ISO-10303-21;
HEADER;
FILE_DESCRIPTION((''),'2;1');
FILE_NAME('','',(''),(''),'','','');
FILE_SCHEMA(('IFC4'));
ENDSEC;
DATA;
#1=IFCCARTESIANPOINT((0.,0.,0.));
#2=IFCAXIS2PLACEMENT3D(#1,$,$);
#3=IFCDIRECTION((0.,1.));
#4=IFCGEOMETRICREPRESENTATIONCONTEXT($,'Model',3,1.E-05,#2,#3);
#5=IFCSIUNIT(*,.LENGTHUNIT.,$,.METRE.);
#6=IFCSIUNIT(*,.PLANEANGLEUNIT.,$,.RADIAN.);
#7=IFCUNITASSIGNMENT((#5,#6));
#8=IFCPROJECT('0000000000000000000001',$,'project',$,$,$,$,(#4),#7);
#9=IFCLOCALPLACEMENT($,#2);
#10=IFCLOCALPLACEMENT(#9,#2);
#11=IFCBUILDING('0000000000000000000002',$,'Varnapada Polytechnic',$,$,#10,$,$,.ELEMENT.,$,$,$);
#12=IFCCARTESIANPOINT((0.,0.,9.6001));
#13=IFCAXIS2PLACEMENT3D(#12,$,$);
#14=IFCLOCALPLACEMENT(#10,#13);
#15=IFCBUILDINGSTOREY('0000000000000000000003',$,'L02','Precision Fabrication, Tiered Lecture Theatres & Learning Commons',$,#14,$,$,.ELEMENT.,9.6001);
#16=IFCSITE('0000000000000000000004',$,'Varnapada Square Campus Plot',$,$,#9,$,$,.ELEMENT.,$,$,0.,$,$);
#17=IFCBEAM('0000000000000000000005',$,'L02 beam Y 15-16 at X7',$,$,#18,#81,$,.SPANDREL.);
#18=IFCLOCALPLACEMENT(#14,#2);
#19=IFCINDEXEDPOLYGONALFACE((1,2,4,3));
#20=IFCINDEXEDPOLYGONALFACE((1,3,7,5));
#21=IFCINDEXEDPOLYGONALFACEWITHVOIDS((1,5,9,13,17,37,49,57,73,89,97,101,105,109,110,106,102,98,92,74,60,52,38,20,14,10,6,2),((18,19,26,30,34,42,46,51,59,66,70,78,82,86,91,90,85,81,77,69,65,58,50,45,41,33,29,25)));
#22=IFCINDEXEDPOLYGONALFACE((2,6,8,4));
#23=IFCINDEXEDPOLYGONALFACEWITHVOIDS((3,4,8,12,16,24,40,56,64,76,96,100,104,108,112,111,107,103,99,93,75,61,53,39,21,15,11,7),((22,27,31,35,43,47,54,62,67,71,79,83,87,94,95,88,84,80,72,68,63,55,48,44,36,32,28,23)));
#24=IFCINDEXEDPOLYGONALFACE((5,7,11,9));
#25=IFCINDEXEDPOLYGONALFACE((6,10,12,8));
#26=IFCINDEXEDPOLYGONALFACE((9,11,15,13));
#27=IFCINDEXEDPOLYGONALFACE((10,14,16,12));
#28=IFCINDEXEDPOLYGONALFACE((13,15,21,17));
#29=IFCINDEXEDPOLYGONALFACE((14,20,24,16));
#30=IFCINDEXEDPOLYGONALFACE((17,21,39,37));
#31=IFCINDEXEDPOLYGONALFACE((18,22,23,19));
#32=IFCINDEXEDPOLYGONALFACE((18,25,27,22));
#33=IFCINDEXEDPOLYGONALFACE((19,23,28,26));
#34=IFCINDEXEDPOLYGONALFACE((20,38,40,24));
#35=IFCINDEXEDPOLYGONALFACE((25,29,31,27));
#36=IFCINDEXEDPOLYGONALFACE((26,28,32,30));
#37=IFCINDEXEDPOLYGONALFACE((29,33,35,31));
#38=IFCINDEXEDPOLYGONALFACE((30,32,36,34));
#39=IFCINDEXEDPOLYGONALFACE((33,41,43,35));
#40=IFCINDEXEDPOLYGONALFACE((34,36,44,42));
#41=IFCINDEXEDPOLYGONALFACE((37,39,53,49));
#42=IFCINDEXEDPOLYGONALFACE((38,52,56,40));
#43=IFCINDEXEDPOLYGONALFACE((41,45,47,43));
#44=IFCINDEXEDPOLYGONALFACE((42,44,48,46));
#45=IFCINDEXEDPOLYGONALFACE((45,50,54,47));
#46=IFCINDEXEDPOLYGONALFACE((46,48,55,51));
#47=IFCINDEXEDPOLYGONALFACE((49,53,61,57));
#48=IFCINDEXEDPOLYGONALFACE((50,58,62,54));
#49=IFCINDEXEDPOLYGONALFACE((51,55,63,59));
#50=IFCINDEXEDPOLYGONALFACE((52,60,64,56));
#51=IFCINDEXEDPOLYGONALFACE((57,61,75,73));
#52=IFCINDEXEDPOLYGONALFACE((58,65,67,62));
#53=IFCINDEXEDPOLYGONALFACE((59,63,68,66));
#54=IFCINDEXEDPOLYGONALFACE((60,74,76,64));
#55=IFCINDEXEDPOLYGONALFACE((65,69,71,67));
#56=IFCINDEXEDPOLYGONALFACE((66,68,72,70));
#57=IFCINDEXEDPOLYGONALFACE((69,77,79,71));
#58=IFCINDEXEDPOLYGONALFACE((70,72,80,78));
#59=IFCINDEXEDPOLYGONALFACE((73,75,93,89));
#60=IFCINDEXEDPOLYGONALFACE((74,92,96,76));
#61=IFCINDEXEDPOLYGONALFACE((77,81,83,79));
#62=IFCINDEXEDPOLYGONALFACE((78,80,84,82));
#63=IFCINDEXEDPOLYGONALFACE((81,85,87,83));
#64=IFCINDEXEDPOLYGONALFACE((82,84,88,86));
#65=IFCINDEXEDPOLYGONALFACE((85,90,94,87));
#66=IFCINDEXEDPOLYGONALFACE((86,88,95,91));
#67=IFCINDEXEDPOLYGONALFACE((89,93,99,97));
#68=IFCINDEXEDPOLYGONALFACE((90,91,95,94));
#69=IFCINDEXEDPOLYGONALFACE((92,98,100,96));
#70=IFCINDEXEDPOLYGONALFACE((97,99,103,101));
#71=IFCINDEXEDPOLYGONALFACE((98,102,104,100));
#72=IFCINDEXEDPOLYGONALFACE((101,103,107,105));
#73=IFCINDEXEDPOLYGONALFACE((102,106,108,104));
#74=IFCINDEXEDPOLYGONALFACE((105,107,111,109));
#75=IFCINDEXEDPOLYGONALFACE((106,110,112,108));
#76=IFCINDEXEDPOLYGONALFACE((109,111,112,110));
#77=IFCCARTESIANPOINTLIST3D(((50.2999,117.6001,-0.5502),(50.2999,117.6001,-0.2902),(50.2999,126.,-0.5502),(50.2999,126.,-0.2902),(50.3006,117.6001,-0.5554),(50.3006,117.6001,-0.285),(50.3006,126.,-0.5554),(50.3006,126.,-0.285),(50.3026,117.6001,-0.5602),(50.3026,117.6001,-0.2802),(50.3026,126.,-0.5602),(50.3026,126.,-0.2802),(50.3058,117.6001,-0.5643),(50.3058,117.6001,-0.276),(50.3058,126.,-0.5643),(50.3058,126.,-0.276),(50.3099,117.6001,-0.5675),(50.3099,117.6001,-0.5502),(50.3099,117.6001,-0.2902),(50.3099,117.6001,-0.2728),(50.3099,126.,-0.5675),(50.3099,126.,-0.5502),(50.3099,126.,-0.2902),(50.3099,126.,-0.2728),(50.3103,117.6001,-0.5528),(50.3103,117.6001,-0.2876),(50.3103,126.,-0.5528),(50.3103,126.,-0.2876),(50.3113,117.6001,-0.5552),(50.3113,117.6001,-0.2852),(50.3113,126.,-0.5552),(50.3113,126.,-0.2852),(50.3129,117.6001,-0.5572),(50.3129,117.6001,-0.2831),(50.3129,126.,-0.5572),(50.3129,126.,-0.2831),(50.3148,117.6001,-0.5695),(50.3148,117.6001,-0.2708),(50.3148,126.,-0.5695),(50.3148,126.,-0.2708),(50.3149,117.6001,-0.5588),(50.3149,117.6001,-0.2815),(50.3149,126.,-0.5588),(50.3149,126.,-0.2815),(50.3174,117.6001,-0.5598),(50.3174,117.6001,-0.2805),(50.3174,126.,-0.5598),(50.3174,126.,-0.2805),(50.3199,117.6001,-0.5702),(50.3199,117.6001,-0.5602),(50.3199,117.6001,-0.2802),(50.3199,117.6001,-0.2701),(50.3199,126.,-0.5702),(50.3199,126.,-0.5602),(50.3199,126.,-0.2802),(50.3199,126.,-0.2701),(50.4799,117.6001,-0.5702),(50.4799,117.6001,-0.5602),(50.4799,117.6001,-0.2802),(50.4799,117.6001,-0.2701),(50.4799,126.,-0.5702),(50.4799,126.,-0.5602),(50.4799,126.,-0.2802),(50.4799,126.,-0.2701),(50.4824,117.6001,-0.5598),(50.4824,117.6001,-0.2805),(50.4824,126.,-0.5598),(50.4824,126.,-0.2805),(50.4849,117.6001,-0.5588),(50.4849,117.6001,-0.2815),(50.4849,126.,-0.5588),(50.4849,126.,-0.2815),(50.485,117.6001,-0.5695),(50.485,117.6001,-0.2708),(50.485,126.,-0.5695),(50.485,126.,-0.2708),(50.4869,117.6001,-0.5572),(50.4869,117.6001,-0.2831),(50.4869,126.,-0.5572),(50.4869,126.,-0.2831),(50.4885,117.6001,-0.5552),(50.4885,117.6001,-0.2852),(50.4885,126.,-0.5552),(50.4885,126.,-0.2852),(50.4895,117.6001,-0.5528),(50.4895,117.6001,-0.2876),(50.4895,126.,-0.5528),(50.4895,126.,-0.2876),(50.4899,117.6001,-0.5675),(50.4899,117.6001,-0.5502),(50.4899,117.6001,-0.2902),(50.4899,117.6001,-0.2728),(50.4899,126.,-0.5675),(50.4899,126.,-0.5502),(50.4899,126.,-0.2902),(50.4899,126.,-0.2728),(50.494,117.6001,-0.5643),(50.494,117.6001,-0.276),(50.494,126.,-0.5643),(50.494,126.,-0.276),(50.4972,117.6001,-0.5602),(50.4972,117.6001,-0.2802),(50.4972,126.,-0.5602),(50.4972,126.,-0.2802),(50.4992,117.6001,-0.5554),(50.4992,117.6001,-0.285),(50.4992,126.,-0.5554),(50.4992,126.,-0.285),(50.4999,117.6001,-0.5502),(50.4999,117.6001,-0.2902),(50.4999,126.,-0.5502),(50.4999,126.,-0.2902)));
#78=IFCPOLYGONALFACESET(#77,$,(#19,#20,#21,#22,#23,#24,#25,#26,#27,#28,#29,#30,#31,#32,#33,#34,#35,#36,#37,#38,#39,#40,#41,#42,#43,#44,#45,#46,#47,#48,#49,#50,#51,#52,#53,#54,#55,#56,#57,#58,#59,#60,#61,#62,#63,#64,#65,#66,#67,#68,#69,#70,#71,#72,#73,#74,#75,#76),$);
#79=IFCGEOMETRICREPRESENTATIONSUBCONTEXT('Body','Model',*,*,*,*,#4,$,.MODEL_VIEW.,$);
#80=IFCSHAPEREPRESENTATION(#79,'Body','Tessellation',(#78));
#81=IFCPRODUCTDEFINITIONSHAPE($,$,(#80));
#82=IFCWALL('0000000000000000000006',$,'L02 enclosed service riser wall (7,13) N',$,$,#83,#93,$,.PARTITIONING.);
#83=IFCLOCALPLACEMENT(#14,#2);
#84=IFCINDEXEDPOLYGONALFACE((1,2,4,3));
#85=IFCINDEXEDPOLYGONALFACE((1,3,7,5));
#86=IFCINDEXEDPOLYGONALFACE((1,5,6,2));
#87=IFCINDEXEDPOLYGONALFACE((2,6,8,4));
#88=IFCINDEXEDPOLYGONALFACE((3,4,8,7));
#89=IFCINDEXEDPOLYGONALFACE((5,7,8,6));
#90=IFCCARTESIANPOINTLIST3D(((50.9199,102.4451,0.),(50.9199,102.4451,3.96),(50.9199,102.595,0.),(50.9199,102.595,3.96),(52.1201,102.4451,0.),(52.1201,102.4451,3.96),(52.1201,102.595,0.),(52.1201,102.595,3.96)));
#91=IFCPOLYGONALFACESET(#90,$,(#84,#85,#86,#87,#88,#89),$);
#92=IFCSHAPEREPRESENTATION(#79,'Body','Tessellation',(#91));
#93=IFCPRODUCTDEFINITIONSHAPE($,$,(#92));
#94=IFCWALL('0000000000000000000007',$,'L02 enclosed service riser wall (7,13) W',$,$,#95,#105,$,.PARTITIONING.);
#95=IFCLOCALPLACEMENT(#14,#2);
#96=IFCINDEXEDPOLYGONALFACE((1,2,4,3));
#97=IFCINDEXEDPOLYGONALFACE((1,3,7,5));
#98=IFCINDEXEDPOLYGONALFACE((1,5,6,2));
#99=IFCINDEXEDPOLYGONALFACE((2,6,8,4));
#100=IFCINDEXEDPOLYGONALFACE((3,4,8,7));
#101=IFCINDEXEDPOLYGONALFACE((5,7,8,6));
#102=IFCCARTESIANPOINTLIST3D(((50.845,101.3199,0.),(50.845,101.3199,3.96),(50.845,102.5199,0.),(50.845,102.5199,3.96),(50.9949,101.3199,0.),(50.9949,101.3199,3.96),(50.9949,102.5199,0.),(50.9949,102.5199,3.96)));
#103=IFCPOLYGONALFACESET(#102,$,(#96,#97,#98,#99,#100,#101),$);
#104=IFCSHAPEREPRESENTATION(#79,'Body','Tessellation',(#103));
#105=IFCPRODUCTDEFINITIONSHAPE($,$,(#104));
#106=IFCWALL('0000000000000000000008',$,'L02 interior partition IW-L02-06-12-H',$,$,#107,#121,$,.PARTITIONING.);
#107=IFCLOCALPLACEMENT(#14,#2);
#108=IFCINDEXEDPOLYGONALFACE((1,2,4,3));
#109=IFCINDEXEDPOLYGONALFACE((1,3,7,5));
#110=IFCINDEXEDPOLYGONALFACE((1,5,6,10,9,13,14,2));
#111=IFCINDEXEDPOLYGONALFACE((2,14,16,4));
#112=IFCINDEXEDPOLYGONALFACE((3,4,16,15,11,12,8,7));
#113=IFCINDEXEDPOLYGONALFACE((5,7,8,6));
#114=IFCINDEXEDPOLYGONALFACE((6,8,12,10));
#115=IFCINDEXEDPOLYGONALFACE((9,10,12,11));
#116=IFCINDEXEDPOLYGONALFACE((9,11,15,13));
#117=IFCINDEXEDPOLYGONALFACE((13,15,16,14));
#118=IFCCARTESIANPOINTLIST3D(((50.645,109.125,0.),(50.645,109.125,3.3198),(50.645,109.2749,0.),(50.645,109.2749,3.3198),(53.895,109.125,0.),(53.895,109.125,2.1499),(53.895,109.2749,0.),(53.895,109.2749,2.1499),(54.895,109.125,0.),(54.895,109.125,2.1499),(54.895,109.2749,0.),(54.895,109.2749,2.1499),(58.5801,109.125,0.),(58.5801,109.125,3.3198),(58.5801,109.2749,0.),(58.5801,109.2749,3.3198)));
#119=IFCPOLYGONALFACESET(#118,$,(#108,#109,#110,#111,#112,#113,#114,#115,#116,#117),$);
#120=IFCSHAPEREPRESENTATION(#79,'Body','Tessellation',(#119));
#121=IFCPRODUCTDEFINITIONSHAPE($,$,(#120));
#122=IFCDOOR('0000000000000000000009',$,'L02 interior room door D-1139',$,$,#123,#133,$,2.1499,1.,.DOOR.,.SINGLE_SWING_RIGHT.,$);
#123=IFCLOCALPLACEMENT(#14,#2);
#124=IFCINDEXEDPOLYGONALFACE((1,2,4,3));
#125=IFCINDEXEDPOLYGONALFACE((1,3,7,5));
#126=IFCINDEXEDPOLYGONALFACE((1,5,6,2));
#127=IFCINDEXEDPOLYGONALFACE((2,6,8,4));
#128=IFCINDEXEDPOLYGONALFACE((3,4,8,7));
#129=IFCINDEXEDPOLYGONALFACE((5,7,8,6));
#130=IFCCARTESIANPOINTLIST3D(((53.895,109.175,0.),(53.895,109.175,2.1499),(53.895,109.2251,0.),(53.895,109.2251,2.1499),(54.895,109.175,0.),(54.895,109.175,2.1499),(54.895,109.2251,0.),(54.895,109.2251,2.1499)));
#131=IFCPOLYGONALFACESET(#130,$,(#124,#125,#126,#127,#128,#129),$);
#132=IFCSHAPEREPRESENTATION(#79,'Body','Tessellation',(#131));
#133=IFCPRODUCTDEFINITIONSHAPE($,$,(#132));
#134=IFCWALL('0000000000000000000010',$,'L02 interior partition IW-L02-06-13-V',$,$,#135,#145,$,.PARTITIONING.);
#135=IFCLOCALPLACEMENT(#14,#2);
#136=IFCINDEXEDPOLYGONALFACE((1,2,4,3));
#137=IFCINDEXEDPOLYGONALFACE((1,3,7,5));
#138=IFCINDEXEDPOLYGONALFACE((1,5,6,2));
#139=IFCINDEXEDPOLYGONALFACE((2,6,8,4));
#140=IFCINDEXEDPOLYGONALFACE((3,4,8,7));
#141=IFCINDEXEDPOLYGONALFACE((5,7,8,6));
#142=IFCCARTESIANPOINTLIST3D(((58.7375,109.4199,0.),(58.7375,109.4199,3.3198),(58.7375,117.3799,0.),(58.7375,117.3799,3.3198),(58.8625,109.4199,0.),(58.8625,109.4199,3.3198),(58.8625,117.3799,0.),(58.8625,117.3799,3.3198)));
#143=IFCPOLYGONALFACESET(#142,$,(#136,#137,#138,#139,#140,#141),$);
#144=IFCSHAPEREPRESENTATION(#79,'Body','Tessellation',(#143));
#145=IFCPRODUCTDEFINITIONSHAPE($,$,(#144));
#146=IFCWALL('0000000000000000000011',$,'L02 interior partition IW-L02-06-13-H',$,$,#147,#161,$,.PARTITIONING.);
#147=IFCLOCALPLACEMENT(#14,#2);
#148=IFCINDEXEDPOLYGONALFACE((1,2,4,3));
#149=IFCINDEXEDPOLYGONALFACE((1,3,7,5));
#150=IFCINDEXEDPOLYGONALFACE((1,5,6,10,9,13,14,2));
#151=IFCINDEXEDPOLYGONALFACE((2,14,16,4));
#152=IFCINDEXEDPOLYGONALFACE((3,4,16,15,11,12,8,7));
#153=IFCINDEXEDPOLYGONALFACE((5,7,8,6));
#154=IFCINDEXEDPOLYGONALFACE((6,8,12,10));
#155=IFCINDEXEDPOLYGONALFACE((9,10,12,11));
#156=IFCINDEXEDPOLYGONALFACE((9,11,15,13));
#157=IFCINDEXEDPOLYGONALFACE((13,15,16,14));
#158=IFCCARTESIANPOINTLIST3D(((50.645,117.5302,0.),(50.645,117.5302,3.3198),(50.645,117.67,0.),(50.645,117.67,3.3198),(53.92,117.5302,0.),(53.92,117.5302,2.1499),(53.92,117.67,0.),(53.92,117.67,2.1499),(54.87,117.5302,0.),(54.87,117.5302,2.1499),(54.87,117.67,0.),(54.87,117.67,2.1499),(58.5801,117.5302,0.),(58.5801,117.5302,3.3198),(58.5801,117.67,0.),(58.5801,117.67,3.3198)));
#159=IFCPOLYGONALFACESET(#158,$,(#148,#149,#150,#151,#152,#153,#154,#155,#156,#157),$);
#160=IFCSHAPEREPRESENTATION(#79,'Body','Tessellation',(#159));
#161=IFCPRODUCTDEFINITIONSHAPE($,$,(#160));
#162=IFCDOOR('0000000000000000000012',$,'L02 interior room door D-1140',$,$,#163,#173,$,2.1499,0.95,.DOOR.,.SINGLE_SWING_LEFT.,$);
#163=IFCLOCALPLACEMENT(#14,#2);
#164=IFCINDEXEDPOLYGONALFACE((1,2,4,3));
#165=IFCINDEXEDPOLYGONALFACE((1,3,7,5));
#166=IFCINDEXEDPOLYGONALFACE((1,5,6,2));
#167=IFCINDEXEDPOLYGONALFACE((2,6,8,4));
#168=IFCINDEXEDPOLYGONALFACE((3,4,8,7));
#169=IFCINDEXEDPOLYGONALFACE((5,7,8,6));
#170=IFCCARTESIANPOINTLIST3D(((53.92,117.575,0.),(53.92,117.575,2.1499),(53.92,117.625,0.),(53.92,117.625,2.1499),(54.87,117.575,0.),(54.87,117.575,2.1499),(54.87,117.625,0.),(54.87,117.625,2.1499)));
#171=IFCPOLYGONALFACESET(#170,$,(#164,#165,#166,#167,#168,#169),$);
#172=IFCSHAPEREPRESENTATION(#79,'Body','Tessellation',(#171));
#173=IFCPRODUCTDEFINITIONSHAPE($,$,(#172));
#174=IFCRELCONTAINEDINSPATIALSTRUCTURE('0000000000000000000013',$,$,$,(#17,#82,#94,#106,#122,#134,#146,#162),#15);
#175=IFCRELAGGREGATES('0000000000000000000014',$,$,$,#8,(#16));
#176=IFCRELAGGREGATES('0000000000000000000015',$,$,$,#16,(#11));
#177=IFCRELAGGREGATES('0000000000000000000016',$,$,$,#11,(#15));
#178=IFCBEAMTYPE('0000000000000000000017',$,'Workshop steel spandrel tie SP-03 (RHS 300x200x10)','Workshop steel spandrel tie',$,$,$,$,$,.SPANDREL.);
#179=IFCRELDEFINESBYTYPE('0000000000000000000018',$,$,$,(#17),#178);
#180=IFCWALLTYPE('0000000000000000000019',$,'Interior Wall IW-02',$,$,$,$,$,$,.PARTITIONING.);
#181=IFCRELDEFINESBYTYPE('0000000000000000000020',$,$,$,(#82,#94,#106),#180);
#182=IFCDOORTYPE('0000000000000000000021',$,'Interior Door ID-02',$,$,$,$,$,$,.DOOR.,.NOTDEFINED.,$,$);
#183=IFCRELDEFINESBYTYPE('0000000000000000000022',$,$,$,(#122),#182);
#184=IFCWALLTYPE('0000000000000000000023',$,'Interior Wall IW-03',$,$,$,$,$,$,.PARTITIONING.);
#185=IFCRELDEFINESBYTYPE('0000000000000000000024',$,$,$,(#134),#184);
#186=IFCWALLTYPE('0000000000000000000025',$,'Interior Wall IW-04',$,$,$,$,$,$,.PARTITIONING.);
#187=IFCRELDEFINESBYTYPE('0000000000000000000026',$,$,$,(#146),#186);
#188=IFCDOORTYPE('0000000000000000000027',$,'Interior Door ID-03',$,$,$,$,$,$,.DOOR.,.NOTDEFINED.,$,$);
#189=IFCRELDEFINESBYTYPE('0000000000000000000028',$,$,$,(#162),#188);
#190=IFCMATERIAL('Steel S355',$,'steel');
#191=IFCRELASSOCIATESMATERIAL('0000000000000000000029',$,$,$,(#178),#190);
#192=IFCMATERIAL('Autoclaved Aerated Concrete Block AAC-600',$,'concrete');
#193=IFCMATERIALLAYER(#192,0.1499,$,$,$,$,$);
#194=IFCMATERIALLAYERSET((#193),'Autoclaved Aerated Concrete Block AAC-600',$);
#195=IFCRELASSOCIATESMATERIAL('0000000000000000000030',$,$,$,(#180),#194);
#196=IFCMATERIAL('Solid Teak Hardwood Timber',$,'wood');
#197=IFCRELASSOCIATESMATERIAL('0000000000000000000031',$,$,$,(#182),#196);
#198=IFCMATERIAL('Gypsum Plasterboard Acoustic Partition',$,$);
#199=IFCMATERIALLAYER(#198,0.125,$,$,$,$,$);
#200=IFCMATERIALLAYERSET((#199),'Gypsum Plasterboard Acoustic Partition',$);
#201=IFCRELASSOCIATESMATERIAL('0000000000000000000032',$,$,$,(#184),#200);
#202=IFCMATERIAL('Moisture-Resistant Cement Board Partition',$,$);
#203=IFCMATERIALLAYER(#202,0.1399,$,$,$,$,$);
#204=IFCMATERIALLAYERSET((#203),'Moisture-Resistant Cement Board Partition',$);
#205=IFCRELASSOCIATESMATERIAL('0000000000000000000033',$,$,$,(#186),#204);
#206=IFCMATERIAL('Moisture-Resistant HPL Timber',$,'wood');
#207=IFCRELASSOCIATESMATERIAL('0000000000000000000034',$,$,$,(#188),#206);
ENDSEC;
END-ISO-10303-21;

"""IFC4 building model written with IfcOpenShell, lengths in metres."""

from ifc_helpers import new_model, si_unit, direction, frame, frame_2d, origin, origin_2d, place, context, subcontext, project, spatial, rectangle, hollow_rectangle, extrude, material, layer, layer_set, material_profile, profile_set, type_object, element, fill, save


model = new_model("IFC4")

# Units and contexts
model_context = context("Model", 3, precision=1e-05, world=origin(), true_north=direction((0.0, 1.0)))
body_context = subcontext(model_context, "Body", "Model", "MODEL_VIEW")
ifc_project = project(units=[si_unit("LENGTHUNIT", "METRE"), si_unit("PLANEANGLEUNIT", "RADIAN")], contexts=[model_context])

# Site, building, storey
site_placement = place(None, origin())
site = spatial("IfcSite", under=ifc_project, at=site_placement, Name="Varnapada Square Campus Plot", CompositionType="ELEMENT", RefElevation=0.0)
building_placement = place(site_placement, origin())
building = spatial("IfcBuilding", under=site, at=building_placement, Name="Varnapada Polytechnic", CompositionType="ELEMENT")
storey_placement = place(building_placement, frame((0.0, 0.0, 9.6001)))
storey = spatial("IfcBuildingStorey", under=building, at=storey_placement, Name="L02", Description="Precision Fabrication, Tiered Lecture Theatres & Learning Commons", CompositionType="ELEMENT", Elevation=9.6001)

# Shared definitions
ifc_material_1 = material(Name="Steel S355", Category="steel")

# Beam
ifc_material_profile_1 = material_profile(ifc_material_1, hollow_rectangle(XDim=0.2, YDim=0.3, WallThickness=0.01, InnerFilletRadius=0.01, OuterFilletRadius=0.02, at=origin_2d()), Name="RHS 300x200x10")
ifc_profile_set_1 = profile_set([ifc_material_profile_1], Name="Steel S355")
beam_type_1 = type_object("IfcBeamType", Name="Workshop steel spandrel tie SP-03 (RHS 300x200x10)", Description="Workshop steel spandrel tie", PredefinedType="SPANDREL", material=ifc_profile_set_1)
beam_1_placement = place(storey_placement, frame((50.3999, 117.6001, -0.4202), z_axis=(0.0, 1.0, 0.0), x_axis=(-1.0, 0.0, 0.0)))
element("IfcBeam", 1, at=beam_1_placement, inside=storey, type_object=beam_type_1, Name="L02 beam Y 15-16 at X7", PredefinedType="SPANDREL", context=body_context, shape_type="SweptSolid", body=[
    extrude(hollow_rectangle(XDim=0.2, YDim=0.3, WallThickness=0.01, InnerFilletRadius=0.01, OuterFilletRadius=0.02, at=origin_2d()), origin(), (0.0, 0.0, 1.0), 8.3999),
])

# Walls
ifc_material_2 = material(Name="Autoclaved Aerated Concrete Block AAC-600", Category="concrete")
ifc_layer_1 = layer(ifc_material_2, 0.1499)
ifc_layer_set_1 = layer_set([ifc_layer_1], Name="Autoclaved Aerated Concrete Block AAC-600")
wall_type_1 = type_object("IfcWallType", Name="Interior Wall IW-02", PredefinedType="PARTITIONING", material=ifc_layer_set_1)
wall_1_placement = place(storey_placement, frame((52.1201, 102.52, 0.0), z_axis=(0.0, 0.0, 1.0), x_axis=(-1.0, 0.0, 0.0)))
element("IfcWall", 2, at=wall_1_placement, inside=storey, type_object=wall_type_1, Name="L02 enclosed service riser wall (7,13) N", PredefinedType="PARTITIONING", context=body_context, shape_type="SweptSolid", body=[
    extrude(rectangle(XDim=1.2002, YDim=0.1499, at=frame_2d((0.6001, 0.0))), origin(), (0.0, 0.0, 1.0), 3.96),
])
wall_2_placement = place(storey_placement, frame((50.9199, 102.52, 0.0), z_axis=(0.0, 0.0, 1.0), x_axis=(0.0, -1.0, 0.0)))
element("IfcWall", 3, at=wall_2_placement, inside=storey, type_object=wall_type_1, Name="L02 enclosed service riser wall (7,13) W", PredefinedType="PARTITIONING", context=body_context, shape_type="SweptSolid", body=[
    extrude(rectangle(XDim=1.2, YDim=0.1499, at=frame_2d((0.6001, 0.0))), origin(), (0.0, 0.0, 1.0), 3.96),
])

# Wall, opening, door
wall_3_placement = place(storey_placement, frame((50.645, 109.2, 0.0), z_axis=(0.0, 0.0, 1.0), x_axis=(1.0, 0.0, 0.0)))
wall_3 = element("IfcWall", 4, at=wall_3_placement, inside=storey, type_object=wall_type_1, Name="L02 interior partition IW-L02-06-12-H", PredefinedType="PARTITIONING", context=body_context, shape_type="SweptSolid", body=[
    extrude(rectangle(XDim=7.9351, YDim=0.1499, at=frame_2d((3.9675, 0.0))), origin(), (0.0, 0.0, 1.0), 3.3198),
])
opening_1_placement = place(wall_3_placement, frame((3.25, 0.0, 0.0)))
opening_1 = element("IfcOpeningElement", 5, at=opening_1_placement, cuts=wall_3, PredefinedType="OPENING", context=body_context, shape_type="SweptSolid", body=[
    extrude(rectangle(XDim=1.0, YDim=2.1499, at=frame_2d((0.5, 1.075))), frame((0.0, 0.085, 0.0), z_axis=(0.0, -1.0, 0.0), x_axis=(1.0, 0.0, 0.0)), (0.0, 0.0, 1.0), 0.1699),
])
ifc_material_3 = material(Name="Solid Teak Hardwood Timber", Category="wood")
door_type_1 = type_object("IfcDoorType", Name="Interior Door ID-02", OperationType="NOTDEFINED", PredefinedType="DOOR", material=ifc_material_3)
door_1_placement = place(opening_1_placement, frame((1.0, 0.0, 0.0), z_axis=(0.0, 0.0, 1.0), x_axis=(-1.0, 0.0, 0.0)))
door_1 = element("IfcDoor", 6, at=door_1_placement, inside=storey, type_object=door_type_1, Name="L02 interior room door D-1139", OperationType="SINGLE_SWING_RIGHT", OverallHeight=2.1499, OverallWidth=1.0, PredefinedType="DOOR", context=body_context, shape_type="SweptSolid", body=[
    extrude(rectangle(XDim=1.0, YDim=2.1499, at=frame_2d((0.5, 1.075))), frame((0.0, 0.0249, 0.0), z_axis=(0.0, -1.0, 0.0), x_axis=(1.0, 0.0, 0.0)), (0.0, 0.0, 1.0), 0.05),
])
fill(opening_1, door_1)

# Wall
ifc_material_4 = material(Name="Gypsum Plasterboard Acoustic Partition")
ifc_layer_2 = layer(ifc_material_4, 0.125)
ifc_layer_set_2 = layer_set([ifc_layer_2], Name="Gypsum Plasterboard Acoustic Partition")
wall_type_2 = type_object("IfcWallType", Name="Interior Wall IW-03", PredefinedType="PARTITIONING", material=ifc_layer_set_2)
wall_4_placement = place(storey_placement, frame((58.8, 109.4199, 0.0), z_axis=(0.0, 0.0, 1.0), x_axis=(0.0, 1.0, 0.0)))
element("IfcWall", 7, at=wall_4_placement, inside=storey, type_object=wall_type_2, Name="L02 interior partition IW-L02-06-13-V", PredefinedType="PARTITIONING", context=body_context, shape_type="SweptSolid", body=[
    extrude(rectangle(XDim=7.96, YDim=0.125, at=frame_2d((3.98, 0.0))), origin(), (0.0, 0.0, 1.0), 3.3198),
])

# Wall, opening, door
ifc_material_5 = material(Name="Moisture-Resistant Cement Board Partition")
ifc_layer_3 = layer(ifc_material_5, 0.1399)
ifc_layer_set_3 = layer_set([ifc_layer_3], Name="Moisture-Resistant Cement Board Partition")
wall_type_3 = type_object("IfcWallType", Name="Interior Wall IW-04", PredefinedType="PARTITIONING", material=ifc_layer_set_3)
wall_5_placement = place(storey_placement, frame((50.645, 117.6001, 0.0), z_axis=(0.0, 0.0, 1.0), x_axis=(1.0, 0.0, 0.0)))
wall_5 = element("IfcWall", 8, at=wall_5_placement, inside=storey, type_object=wall_type_3, Name="L02 interior partition IW-L02-06-13-H", PredefinedType="PARTITIONING", context=body_context, shape_type="SweptSolid", body=[
    extrude(rectangle(XDim=7.9351, YDim=0.1399, at=frame_2d((3.9675, 0.0))), origin(), (0.0, 0.0, 1.0), 3.3198),
])
opening_2_placement = place(wall_5_placement, frame((3.2749, 0.0, 0.0)))
opening_2 = element("IfcOpeningElement", 9, at=opening_2_placement, cuts=wall_5, PredefinedType="OPENING", context=body_context, shape_type="SweptSolid", body=[
    extrude(rectangle(XDim=0.95, YDim=2.1499, at=frame_2d((0.4751, 1.075))), frame((0.0, 0.0798, 0.0), z_axis=(0.0, -1.0, 0.0), x_axis=(1.0, 0.0, 0.0)), (0.0, 0.0, 1.0), 0.1599),
])
ifc_material_6 = material(Name="Moisture-Resistant HPL Timber", Category="wood")
door_type_2 = type_object("IfcDoorType", Name="Interior Door ID-03", OperationType="NOTDEFINED", PredefinedType="DOOR", material=ifc_material_6)
door_2_placement = place(opening_2_placement, origin())
door_2 = element("IfcDoor", 10, at=door_2_placement, inside=storey, type_object=door_type_2, Name="L02 interior room door D-1140", OperationType="SINGLE_SWING_LEFT", OverallHeight=2.1499, OverallWidth=0.95, PredefinedType="DOOR", context=body_context, shape_type="SweptSolid", body=[
    extrude(rectangle(XDim=0.95, YDim=2.1499, at=frame_2d((0.4751, 1.075))), frame((0.0, 0.0249, 0.0), z_axis=(0.0, -1.0, 0.0), x_axis=(1.0, 0.0, 0.0)), (0.0, 0.0, 1.0), 0.05),
])
fill(opening_2, door_2)

save(model, "model.ifc")
